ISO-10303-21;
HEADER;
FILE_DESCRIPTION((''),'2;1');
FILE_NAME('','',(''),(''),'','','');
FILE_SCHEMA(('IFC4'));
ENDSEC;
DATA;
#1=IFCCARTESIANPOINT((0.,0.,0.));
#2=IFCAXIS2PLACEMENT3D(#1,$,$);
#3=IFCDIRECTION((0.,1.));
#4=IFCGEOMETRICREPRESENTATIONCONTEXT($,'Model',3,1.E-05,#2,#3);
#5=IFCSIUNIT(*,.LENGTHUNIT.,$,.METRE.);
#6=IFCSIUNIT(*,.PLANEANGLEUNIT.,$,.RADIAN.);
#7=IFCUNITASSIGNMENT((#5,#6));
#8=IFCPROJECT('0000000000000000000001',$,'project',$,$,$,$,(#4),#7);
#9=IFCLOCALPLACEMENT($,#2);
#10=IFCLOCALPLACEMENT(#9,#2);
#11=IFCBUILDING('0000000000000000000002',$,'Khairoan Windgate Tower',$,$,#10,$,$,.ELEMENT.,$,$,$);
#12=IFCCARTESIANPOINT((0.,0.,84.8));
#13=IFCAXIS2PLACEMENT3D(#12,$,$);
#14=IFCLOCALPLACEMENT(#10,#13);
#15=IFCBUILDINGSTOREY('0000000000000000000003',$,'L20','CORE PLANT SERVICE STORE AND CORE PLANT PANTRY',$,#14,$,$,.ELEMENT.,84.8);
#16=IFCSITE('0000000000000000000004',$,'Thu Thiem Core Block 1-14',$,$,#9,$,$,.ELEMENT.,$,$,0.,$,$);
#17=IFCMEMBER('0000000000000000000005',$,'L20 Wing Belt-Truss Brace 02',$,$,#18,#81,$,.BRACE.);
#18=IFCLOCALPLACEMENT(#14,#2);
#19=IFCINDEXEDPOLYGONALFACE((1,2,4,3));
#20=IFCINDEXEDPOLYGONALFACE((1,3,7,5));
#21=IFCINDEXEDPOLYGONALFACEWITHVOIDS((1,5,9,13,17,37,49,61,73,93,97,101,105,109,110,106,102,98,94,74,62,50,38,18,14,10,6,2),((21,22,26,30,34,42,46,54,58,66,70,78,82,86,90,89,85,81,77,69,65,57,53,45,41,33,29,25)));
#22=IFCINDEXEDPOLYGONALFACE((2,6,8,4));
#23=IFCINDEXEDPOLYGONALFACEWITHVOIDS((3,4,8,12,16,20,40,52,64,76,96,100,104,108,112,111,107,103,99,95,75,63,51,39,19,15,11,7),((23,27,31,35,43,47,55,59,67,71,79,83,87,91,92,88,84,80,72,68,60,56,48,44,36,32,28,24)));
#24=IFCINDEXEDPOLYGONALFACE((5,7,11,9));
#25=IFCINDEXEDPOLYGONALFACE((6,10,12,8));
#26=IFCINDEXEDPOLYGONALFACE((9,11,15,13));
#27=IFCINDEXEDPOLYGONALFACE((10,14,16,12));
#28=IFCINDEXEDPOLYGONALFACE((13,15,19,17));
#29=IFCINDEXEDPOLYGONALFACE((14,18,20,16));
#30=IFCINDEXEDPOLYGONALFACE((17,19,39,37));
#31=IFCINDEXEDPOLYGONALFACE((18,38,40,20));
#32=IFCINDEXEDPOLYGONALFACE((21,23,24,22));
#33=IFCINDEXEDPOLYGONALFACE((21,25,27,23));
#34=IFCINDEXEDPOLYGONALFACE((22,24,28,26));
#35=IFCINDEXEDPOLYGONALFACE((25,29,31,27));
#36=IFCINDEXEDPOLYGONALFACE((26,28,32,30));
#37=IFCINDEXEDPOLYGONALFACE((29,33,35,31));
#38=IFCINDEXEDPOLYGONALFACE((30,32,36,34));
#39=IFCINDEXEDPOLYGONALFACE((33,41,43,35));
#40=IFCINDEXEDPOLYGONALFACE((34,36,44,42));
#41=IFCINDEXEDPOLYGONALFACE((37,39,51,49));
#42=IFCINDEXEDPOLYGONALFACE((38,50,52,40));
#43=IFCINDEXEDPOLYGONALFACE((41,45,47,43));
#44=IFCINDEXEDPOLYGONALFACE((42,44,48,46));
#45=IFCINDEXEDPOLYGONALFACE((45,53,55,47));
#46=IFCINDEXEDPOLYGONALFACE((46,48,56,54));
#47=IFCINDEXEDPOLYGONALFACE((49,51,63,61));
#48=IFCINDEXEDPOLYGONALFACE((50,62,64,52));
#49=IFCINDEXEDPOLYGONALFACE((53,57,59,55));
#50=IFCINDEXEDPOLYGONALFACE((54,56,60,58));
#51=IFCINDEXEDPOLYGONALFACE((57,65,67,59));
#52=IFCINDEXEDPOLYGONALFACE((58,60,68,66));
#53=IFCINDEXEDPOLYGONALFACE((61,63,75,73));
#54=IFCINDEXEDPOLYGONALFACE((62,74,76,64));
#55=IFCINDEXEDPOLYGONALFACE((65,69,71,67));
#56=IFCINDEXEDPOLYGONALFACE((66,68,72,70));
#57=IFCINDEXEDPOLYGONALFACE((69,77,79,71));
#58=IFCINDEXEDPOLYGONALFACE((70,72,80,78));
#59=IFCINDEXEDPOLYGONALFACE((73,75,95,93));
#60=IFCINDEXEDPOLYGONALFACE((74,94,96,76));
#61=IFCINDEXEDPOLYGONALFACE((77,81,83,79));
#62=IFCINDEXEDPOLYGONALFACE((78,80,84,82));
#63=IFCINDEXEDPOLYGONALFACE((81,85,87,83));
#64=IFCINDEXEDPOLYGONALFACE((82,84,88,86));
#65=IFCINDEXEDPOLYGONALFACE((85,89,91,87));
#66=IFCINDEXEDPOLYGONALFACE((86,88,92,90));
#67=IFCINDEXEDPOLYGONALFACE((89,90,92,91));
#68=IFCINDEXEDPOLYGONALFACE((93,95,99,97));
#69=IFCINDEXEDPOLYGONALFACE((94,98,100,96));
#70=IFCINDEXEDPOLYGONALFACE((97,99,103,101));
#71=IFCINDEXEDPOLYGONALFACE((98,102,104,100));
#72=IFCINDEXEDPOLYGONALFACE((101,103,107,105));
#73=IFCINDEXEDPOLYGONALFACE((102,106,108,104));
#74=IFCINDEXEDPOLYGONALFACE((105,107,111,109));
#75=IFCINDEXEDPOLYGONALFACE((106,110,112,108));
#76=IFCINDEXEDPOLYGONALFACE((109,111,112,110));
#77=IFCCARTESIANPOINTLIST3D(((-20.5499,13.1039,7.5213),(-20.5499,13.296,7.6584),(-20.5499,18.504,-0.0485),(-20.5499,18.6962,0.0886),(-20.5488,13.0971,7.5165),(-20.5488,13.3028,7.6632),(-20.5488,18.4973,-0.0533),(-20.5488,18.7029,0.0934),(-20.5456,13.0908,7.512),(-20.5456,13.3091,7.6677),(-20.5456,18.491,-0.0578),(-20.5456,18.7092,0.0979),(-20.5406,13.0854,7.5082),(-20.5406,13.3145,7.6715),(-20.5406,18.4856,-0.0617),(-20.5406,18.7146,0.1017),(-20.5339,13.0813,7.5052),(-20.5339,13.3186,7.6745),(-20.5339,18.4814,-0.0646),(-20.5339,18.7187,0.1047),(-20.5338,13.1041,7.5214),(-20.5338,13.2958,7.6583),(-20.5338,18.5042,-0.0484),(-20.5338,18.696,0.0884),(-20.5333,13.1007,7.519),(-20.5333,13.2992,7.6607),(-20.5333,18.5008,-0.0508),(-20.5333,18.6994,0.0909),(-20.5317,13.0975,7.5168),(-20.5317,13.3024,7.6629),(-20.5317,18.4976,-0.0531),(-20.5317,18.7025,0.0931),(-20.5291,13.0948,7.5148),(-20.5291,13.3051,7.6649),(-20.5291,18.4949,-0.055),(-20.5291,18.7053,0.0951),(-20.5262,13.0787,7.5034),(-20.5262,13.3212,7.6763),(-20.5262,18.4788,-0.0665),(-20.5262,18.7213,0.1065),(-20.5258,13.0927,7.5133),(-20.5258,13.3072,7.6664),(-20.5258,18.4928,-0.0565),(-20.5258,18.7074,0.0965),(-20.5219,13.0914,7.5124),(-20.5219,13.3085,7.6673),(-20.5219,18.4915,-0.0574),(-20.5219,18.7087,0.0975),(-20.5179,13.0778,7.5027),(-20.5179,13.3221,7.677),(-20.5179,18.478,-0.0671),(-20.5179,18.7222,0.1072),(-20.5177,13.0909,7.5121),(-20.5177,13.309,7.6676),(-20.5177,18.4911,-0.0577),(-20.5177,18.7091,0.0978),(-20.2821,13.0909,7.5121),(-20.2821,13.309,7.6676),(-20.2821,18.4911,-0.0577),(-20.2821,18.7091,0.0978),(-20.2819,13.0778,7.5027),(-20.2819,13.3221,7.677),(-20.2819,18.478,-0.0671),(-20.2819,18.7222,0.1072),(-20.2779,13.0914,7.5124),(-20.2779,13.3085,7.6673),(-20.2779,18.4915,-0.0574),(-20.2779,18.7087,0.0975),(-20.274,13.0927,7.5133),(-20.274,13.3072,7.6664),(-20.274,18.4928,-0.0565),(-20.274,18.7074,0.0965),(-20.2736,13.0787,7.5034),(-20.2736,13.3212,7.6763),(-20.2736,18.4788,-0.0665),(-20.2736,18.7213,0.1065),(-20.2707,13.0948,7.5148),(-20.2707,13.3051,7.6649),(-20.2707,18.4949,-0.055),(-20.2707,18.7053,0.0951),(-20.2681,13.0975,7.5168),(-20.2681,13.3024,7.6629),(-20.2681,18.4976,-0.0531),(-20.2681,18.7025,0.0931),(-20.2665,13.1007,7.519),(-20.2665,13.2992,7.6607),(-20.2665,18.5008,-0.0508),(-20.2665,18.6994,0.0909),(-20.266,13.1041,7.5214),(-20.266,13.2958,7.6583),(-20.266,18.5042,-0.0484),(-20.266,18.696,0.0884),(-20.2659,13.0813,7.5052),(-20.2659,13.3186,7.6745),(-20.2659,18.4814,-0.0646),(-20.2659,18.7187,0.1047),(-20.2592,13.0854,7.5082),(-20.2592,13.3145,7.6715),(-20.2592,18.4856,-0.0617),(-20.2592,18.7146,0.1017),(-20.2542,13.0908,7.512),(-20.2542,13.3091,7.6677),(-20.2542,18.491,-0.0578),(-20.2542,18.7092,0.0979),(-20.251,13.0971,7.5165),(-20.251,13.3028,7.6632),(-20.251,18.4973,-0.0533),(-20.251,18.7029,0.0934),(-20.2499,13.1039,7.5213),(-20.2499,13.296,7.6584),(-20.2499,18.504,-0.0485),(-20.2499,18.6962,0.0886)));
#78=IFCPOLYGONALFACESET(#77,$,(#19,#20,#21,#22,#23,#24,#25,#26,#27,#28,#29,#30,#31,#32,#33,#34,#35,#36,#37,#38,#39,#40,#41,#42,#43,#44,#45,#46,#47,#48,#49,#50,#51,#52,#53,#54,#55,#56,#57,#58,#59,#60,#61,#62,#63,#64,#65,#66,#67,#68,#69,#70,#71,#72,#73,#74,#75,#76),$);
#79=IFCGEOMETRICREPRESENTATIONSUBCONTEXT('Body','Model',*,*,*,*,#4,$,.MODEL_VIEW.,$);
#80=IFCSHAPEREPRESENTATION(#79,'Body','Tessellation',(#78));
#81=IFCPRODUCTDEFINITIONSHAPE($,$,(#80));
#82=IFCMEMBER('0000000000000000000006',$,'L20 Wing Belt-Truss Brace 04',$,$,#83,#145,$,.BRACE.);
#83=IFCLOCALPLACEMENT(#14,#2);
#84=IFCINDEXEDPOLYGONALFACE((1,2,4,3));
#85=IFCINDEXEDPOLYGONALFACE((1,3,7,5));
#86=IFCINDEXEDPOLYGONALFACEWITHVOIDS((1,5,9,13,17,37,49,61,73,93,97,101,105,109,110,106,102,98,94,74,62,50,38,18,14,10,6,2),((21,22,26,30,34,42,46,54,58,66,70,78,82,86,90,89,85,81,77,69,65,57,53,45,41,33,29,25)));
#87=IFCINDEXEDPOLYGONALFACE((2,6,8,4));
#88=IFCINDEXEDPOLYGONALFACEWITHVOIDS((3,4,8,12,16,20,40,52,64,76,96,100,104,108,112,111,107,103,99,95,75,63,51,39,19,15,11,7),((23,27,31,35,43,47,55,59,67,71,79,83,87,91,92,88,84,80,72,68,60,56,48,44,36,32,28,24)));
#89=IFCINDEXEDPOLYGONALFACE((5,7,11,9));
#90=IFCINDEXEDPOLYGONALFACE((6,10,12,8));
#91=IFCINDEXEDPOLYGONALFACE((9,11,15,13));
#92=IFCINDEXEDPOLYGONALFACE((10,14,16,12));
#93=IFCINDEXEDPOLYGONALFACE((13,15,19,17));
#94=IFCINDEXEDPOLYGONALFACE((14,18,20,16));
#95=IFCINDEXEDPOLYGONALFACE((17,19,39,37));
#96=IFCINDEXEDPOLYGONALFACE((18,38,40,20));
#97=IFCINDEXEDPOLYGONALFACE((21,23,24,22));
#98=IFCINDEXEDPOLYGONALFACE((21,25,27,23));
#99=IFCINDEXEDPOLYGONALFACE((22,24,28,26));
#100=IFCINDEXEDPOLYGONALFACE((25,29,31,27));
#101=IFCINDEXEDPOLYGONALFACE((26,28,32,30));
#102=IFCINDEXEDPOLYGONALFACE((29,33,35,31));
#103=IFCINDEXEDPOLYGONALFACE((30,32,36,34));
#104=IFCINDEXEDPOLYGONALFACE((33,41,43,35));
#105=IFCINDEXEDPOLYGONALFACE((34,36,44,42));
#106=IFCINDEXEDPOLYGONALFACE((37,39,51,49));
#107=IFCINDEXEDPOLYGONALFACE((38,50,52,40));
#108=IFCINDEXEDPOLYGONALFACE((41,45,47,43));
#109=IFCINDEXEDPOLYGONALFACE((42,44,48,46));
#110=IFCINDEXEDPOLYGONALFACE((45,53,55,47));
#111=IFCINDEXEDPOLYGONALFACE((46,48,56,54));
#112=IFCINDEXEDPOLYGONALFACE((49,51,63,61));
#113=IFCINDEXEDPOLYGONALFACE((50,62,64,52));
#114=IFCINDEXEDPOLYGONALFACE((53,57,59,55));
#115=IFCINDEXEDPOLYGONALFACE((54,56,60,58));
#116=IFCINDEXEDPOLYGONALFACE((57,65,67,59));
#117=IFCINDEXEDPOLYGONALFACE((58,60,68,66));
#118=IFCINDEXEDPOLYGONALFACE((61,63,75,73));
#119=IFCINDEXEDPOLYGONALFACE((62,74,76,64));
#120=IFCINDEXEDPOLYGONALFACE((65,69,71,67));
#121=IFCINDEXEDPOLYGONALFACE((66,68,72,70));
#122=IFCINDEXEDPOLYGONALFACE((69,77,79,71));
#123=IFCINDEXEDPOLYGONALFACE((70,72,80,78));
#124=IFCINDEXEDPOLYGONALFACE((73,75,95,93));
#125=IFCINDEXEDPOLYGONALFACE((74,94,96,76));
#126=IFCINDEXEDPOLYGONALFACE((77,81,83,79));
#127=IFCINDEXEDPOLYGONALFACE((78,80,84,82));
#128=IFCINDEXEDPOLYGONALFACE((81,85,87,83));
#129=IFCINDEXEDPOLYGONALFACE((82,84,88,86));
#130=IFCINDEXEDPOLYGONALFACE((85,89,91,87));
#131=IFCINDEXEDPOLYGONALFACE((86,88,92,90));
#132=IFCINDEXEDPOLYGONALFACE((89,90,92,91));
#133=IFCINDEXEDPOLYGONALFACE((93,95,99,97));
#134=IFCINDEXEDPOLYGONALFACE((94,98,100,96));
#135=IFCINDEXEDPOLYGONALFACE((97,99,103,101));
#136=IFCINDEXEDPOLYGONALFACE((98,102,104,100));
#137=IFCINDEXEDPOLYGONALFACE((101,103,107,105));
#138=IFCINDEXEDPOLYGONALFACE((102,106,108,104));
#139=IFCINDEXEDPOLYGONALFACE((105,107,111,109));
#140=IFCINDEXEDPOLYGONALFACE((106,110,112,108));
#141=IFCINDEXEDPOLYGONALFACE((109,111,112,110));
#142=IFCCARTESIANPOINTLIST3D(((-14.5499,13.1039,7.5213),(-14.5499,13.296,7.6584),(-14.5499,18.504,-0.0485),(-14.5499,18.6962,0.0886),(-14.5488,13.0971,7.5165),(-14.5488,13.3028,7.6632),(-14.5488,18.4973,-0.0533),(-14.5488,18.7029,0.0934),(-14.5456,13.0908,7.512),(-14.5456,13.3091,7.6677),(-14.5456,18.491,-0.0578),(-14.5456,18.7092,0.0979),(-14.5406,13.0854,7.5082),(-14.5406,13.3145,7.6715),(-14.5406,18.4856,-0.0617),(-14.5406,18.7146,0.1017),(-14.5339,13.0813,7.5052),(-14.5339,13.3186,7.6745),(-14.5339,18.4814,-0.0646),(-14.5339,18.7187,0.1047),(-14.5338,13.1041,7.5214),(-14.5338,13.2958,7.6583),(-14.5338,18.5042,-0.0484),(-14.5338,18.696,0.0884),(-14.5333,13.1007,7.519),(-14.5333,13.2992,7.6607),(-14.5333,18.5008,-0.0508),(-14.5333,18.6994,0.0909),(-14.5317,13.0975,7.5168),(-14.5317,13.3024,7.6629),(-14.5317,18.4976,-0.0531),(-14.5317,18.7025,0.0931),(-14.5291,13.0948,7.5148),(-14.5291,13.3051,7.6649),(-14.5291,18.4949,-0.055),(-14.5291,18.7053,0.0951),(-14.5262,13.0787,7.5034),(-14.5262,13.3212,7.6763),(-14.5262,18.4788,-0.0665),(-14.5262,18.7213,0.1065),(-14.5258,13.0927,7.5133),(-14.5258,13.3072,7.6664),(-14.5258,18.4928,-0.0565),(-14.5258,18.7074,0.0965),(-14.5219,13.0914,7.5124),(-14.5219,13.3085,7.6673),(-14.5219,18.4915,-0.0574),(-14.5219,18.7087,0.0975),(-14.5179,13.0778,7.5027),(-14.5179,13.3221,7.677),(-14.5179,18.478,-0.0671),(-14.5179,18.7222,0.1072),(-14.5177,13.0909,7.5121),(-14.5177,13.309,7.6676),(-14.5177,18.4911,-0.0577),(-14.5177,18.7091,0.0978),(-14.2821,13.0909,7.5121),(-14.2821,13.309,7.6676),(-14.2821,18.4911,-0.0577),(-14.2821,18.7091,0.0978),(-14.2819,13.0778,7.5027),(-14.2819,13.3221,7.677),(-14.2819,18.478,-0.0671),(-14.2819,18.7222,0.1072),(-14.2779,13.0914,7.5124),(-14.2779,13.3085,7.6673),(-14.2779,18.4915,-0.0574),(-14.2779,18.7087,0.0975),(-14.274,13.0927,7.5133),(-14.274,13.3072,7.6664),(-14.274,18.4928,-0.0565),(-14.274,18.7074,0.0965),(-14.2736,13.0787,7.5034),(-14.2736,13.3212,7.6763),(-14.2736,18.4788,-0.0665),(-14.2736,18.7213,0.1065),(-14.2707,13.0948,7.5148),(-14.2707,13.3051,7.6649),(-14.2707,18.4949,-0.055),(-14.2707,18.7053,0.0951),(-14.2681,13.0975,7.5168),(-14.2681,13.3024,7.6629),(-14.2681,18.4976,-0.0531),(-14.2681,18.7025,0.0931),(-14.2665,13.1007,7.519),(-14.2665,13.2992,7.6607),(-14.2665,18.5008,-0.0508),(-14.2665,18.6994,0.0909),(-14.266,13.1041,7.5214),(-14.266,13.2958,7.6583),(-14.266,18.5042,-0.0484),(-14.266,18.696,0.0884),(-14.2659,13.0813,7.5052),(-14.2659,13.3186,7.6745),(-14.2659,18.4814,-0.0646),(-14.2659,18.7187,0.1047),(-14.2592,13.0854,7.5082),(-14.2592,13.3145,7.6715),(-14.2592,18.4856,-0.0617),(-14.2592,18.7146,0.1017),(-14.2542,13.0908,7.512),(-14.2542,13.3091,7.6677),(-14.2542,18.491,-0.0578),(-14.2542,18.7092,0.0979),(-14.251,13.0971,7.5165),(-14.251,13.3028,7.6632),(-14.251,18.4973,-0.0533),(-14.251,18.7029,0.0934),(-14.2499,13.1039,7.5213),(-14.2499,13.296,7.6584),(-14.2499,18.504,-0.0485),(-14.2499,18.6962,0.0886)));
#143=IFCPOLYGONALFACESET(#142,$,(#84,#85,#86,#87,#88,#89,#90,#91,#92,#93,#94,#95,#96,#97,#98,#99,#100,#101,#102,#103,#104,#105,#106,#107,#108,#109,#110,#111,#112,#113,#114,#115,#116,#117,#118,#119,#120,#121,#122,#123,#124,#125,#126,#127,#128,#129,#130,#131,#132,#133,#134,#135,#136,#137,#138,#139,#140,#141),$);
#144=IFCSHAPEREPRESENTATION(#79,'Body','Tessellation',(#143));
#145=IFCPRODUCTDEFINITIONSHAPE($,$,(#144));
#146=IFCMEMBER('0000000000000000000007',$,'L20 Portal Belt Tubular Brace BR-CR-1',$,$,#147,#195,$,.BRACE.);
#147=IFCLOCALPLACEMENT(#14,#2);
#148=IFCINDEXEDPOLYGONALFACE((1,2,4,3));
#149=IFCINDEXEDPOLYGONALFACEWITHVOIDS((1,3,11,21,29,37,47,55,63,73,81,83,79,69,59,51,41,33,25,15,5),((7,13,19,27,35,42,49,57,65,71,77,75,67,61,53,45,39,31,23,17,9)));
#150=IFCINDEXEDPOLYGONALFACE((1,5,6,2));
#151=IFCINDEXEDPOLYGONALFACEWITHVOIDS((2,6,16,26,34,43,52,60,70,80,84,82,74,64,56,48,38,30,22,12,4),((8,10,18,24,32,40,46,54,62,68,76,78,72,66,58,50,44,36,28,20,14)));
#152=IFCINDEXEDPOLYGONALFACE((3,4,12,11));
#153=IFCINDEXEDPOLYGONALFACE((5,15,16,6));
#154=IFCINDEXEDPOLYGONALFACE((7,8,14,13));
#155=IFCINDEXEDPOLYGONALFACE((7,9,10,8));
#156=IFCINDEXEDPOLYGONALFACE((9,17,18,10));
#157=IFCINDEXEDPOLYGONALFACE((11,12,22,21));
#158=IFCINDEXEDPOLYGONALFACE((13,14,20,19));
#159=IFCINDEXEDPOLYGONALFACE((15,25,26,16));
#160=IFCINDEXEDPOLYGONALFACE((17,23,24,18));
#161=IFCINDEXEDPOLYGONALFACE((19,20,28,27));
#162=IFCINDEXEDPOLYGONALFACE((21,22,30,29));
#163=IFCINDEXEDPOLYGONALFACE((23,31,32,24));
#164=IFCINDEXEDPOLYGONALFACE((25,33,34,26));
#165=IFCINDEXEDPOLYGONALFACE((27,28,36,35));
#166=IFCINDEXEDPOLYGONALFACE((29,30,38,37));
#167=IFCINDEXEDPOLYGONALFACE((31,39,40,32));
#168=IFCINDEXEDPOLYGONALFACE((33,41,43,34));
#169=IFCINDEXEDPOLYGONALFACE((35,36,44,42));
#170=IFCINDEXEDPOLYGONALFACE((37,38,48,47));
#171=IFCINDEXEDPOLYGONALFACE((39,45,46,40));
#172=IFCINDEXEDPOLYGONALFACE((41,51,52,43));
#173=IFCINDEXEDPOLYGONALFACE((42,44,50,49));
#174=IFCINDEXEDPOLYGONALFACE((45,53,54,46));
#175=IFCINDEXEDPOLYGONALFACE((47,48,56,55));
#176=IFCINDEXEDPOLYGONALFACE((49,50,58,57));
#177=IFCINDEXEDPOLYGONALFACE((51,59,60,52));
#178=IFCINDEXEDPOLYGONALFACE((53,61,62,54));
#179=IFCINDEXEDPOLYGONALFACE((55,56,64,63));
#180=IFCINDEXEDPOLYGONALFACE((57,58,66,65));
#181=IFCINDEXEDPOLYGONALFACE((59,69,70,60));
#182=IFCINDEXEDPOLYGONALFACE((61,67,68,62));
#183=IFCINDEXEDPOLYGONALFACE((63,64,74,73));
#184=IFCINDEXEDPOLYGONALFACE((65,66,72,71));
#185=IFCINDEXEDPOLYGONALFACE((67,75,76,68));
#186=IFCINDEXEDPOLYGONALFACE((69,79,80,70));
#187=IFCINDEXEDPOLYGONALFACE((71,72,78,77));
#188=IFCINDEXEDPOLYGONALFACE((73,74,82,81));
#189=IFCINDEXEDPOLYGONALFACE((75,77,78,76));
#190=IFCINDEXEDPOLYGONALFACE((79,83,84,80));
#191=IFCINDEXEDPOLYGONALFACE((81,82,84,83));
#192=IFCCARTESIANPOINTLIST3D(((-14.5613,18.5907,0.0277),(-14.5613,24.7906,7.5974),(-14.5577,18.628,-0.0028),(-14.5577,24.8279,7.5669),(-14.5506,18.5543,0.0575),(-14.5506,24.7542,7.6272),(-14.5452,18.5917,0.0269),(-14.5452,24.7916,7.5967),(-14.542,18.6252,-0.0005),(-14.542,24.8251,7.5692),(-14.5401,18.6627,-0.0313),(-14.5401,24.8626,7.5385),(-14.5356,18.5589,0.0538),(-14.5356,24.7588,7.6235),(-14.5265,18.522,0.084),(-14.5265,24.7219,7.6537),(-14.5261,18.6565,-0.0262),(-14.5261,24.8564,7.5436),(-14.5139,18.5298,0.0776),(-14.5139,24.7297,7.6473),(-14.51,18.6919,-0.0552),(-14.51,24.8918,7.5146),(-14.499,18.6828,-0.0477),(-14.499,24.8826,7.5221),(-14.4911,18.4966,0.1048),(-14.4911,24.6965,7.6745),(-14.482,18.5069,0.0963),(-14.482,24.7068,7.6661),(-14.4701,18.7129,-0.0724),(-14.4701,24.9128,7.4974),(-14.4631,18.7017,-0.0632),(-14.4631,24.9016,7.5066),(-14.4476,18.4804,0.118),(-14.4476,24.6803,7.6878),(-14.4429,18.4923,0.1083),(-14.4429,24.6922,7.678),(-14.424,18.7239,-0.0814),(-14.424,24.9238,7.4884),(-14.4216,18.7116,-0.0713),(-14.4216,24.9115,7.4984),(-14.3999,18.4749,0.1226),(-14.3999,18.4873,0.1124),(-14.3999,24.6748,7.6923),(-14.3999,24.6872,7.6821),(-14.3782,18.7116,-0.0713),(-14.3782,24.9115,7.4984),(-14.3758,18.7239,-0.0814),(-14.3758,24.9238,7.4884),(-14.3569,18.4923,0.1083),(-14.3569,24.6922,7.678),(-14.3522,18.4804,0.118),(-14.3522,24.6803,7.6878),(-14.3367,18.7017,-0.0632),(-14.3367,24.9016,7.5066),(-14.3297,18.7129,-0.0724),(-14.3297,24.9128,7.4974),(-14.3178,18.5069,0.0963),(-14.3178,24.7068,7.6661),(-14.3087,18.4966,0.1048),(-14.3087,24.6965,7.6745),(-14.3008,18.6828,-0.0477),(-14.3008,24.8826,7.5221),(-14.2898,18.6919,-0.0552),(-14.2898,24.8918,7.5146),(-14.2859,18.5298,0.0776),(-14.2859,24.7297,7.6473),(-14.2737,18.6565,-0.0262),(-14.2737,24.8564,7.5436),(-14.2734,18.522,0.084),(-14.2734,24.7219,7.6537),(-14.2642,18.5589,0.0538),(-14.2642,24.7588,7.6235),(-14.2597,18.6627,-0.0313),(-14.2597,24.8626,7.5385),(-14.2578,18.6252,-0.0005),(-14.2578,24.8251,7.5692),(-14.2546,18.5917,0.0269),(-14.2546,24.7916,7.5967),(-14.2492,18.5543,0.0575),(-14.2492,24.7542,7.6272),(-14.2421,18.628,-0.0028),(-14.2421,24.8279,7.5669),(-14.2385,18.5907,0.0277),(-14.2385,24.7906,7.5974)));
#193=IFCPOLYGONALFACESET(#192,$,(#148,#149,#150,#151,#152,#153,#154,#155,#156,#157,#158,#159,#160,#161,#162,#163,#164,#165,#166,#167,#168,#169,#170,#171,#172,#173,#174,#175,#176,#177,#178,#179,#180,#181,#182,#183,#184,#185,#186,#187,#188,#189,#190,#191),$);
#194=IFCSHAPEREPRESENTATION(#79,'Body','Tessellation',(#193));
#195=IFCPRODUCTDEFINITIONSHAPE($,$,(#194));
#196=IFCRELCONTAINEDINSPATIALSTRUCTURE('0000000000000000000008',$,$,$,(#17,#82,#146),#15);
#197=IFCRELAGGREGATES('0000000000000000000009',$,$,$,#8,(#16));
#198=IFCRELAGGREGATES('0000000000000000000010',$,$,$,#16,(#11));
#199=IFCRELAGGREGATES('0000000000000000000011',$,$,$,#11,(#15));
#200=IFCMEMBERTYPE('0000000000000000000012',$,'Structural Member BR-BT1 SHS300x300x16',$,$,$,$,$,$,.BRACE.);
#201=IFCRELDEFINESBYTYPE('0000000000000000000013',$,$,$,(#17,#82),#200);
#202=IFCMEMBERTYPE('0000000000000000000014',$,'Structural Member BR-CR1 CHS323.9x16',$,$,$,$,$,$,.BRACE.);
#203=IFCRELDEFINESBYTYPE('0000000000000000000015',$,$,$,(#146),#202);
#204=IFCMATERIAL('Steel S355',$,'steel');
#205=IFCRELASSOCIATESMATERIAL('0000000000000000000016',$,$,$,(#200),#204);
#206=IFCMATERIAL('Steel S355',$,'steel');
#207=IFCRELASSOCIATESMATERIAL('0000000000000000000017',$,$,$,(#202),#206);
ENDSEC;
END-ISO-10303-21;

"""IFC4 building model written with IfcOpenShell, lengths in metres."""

from ifc_helpers import new_model, si_unit, direction, frame, origin, origin_2d, place, context, subcontext, project, spatial, hollow_rectangle, hollow_circle, extrude, material, material_profile, profile_set, type_object, element, save


model = new_model("IFC4")

# Units and contexts
model_context = context("Model", 3, precision=1e-05, world=origin(), true_north=direction((0.0, 1.0)))
body_context = subcontext(model_context, "Body", "Model", "MODEL_VIEW")
ifc_project = project(units=[si_unit("LENGTHUNIT", "METRE"), si_unit("PLANEANGLEUNIT", "RADIAN")], contexts=[model_context])

# Site, building, storey
site_placement = place(None, origin())
site = spatial("IfcSite", under=ifc_project, at=site_placement, Name="Thu Thiem Core Block 1-14", CompositionType="ELEMENT", RefElevation=0.0)
building_placement = place(site_placement, origin())
building = spatial("IfcBuilding", under=site, at=building_placement, Name="Khairoan Windgate Tower", CompositionType="ELEMENT")
storey_placement = place(building_placement, frame((0.0, 0.0, 84.8)))
storey = spatial("IfcBuildingStorey", under=building, at=storey_placement, Name="L20", Description="CORE PLANT SERVICE STORE AND CORE PLANT PANTRY", CompositionType="ELEMENT", Elevation=84.8)

# Members
ifc_material_1 = material(Name="Steel S355", Category="steel")
ifc_material_profile_1 = material_profile(ifc_material_1, hollow_rectangle(XDim=0.3, YDim=0.3, WallThickness=0.0161, InnerFilletRadius=0.0161, OuterFilletRadius=0.032, at=origin_2d()))
ifc_profile_set_1 = profile_set([ifc_material_profile_1], Name="Steel S355")
member_type_1 = type_object("IfcMemberType", Name="Structural Member BR-BT1 SHS300x300x16", PredefinedType="BRACE", material=ifc_profile_set_1)
for number, where, z_axis, x_axis, name in (
    (1, (-20.3999, 13.2, 7.5898), (0.0, 0.580749, -0.814083), (0.0, 0.814083, 0.580749), "L20 Wing Belt-Truss Brace 02"),
    (2, (-14.3999, 13.2, 7.5898), (0.0, 0.580749, -0.814083), (0.0, 0.814083, 0.580749), "L20 Wing Belt-Truss Brace 04"),
):
    element("IfcMember", number, at=place(storey_placement, frame(where, z_axis=z_axis, x_axis=x_axis)), inside=storey, type_object=member_type_1, Name=name, PredefinedType="BRACE", context=body_context, shape_type="SweptSolid", body=[
        extrude(hollow_rectangle(XDim=0.3, YDim=0.3, WallThickness=0.0161, InnerFilletRadius=0.0161, OuterFilletRadius=0.032, at=origin_2d()), origin(), (0.0, 0.0, 1.0), 9.2986),
    ])
ifc_material_2 = material(Name="Steel S355", Category="steel")
ifc_material_profile_2 = material_profile(ifc_material_2, hollow_circle(Radius=0.1619, WallThickness=0.0161, at=origin_2d()))
ifc_profile_set_2 = profile_set([ifc_material_profile_2], Name="Steel S355")
member_type_2 = type_object("IfcMemberType", Name="Structural Member BR-CR1 CHS323.9x16", PredefinedType="BRACE", material=ifc_profile_set_2)
member_placement = place(storey_placement, frame((-14.3999, 18.6001, 0.02), z_axis=(0.0, 0.633633, 0.773634), x_axis=(0.0, -0.773634, 0.633633)))
element("IfcMember", 3, at=member_placement, inside=storey, type_object=member_type_2, Name="L20 Portal Belt Tubular Brace BR-CR-1", PredefinedType="BRACE", context=body_context, shape_type="SweptSolid", body=[
    extrude(hollow_circle(Radius=0.1619, WallThickness=0.0161, at=origin_2d()), origin(), (0.0, 0.0, 1.0), 9.7847),
])

save(model, "model.ifc")
